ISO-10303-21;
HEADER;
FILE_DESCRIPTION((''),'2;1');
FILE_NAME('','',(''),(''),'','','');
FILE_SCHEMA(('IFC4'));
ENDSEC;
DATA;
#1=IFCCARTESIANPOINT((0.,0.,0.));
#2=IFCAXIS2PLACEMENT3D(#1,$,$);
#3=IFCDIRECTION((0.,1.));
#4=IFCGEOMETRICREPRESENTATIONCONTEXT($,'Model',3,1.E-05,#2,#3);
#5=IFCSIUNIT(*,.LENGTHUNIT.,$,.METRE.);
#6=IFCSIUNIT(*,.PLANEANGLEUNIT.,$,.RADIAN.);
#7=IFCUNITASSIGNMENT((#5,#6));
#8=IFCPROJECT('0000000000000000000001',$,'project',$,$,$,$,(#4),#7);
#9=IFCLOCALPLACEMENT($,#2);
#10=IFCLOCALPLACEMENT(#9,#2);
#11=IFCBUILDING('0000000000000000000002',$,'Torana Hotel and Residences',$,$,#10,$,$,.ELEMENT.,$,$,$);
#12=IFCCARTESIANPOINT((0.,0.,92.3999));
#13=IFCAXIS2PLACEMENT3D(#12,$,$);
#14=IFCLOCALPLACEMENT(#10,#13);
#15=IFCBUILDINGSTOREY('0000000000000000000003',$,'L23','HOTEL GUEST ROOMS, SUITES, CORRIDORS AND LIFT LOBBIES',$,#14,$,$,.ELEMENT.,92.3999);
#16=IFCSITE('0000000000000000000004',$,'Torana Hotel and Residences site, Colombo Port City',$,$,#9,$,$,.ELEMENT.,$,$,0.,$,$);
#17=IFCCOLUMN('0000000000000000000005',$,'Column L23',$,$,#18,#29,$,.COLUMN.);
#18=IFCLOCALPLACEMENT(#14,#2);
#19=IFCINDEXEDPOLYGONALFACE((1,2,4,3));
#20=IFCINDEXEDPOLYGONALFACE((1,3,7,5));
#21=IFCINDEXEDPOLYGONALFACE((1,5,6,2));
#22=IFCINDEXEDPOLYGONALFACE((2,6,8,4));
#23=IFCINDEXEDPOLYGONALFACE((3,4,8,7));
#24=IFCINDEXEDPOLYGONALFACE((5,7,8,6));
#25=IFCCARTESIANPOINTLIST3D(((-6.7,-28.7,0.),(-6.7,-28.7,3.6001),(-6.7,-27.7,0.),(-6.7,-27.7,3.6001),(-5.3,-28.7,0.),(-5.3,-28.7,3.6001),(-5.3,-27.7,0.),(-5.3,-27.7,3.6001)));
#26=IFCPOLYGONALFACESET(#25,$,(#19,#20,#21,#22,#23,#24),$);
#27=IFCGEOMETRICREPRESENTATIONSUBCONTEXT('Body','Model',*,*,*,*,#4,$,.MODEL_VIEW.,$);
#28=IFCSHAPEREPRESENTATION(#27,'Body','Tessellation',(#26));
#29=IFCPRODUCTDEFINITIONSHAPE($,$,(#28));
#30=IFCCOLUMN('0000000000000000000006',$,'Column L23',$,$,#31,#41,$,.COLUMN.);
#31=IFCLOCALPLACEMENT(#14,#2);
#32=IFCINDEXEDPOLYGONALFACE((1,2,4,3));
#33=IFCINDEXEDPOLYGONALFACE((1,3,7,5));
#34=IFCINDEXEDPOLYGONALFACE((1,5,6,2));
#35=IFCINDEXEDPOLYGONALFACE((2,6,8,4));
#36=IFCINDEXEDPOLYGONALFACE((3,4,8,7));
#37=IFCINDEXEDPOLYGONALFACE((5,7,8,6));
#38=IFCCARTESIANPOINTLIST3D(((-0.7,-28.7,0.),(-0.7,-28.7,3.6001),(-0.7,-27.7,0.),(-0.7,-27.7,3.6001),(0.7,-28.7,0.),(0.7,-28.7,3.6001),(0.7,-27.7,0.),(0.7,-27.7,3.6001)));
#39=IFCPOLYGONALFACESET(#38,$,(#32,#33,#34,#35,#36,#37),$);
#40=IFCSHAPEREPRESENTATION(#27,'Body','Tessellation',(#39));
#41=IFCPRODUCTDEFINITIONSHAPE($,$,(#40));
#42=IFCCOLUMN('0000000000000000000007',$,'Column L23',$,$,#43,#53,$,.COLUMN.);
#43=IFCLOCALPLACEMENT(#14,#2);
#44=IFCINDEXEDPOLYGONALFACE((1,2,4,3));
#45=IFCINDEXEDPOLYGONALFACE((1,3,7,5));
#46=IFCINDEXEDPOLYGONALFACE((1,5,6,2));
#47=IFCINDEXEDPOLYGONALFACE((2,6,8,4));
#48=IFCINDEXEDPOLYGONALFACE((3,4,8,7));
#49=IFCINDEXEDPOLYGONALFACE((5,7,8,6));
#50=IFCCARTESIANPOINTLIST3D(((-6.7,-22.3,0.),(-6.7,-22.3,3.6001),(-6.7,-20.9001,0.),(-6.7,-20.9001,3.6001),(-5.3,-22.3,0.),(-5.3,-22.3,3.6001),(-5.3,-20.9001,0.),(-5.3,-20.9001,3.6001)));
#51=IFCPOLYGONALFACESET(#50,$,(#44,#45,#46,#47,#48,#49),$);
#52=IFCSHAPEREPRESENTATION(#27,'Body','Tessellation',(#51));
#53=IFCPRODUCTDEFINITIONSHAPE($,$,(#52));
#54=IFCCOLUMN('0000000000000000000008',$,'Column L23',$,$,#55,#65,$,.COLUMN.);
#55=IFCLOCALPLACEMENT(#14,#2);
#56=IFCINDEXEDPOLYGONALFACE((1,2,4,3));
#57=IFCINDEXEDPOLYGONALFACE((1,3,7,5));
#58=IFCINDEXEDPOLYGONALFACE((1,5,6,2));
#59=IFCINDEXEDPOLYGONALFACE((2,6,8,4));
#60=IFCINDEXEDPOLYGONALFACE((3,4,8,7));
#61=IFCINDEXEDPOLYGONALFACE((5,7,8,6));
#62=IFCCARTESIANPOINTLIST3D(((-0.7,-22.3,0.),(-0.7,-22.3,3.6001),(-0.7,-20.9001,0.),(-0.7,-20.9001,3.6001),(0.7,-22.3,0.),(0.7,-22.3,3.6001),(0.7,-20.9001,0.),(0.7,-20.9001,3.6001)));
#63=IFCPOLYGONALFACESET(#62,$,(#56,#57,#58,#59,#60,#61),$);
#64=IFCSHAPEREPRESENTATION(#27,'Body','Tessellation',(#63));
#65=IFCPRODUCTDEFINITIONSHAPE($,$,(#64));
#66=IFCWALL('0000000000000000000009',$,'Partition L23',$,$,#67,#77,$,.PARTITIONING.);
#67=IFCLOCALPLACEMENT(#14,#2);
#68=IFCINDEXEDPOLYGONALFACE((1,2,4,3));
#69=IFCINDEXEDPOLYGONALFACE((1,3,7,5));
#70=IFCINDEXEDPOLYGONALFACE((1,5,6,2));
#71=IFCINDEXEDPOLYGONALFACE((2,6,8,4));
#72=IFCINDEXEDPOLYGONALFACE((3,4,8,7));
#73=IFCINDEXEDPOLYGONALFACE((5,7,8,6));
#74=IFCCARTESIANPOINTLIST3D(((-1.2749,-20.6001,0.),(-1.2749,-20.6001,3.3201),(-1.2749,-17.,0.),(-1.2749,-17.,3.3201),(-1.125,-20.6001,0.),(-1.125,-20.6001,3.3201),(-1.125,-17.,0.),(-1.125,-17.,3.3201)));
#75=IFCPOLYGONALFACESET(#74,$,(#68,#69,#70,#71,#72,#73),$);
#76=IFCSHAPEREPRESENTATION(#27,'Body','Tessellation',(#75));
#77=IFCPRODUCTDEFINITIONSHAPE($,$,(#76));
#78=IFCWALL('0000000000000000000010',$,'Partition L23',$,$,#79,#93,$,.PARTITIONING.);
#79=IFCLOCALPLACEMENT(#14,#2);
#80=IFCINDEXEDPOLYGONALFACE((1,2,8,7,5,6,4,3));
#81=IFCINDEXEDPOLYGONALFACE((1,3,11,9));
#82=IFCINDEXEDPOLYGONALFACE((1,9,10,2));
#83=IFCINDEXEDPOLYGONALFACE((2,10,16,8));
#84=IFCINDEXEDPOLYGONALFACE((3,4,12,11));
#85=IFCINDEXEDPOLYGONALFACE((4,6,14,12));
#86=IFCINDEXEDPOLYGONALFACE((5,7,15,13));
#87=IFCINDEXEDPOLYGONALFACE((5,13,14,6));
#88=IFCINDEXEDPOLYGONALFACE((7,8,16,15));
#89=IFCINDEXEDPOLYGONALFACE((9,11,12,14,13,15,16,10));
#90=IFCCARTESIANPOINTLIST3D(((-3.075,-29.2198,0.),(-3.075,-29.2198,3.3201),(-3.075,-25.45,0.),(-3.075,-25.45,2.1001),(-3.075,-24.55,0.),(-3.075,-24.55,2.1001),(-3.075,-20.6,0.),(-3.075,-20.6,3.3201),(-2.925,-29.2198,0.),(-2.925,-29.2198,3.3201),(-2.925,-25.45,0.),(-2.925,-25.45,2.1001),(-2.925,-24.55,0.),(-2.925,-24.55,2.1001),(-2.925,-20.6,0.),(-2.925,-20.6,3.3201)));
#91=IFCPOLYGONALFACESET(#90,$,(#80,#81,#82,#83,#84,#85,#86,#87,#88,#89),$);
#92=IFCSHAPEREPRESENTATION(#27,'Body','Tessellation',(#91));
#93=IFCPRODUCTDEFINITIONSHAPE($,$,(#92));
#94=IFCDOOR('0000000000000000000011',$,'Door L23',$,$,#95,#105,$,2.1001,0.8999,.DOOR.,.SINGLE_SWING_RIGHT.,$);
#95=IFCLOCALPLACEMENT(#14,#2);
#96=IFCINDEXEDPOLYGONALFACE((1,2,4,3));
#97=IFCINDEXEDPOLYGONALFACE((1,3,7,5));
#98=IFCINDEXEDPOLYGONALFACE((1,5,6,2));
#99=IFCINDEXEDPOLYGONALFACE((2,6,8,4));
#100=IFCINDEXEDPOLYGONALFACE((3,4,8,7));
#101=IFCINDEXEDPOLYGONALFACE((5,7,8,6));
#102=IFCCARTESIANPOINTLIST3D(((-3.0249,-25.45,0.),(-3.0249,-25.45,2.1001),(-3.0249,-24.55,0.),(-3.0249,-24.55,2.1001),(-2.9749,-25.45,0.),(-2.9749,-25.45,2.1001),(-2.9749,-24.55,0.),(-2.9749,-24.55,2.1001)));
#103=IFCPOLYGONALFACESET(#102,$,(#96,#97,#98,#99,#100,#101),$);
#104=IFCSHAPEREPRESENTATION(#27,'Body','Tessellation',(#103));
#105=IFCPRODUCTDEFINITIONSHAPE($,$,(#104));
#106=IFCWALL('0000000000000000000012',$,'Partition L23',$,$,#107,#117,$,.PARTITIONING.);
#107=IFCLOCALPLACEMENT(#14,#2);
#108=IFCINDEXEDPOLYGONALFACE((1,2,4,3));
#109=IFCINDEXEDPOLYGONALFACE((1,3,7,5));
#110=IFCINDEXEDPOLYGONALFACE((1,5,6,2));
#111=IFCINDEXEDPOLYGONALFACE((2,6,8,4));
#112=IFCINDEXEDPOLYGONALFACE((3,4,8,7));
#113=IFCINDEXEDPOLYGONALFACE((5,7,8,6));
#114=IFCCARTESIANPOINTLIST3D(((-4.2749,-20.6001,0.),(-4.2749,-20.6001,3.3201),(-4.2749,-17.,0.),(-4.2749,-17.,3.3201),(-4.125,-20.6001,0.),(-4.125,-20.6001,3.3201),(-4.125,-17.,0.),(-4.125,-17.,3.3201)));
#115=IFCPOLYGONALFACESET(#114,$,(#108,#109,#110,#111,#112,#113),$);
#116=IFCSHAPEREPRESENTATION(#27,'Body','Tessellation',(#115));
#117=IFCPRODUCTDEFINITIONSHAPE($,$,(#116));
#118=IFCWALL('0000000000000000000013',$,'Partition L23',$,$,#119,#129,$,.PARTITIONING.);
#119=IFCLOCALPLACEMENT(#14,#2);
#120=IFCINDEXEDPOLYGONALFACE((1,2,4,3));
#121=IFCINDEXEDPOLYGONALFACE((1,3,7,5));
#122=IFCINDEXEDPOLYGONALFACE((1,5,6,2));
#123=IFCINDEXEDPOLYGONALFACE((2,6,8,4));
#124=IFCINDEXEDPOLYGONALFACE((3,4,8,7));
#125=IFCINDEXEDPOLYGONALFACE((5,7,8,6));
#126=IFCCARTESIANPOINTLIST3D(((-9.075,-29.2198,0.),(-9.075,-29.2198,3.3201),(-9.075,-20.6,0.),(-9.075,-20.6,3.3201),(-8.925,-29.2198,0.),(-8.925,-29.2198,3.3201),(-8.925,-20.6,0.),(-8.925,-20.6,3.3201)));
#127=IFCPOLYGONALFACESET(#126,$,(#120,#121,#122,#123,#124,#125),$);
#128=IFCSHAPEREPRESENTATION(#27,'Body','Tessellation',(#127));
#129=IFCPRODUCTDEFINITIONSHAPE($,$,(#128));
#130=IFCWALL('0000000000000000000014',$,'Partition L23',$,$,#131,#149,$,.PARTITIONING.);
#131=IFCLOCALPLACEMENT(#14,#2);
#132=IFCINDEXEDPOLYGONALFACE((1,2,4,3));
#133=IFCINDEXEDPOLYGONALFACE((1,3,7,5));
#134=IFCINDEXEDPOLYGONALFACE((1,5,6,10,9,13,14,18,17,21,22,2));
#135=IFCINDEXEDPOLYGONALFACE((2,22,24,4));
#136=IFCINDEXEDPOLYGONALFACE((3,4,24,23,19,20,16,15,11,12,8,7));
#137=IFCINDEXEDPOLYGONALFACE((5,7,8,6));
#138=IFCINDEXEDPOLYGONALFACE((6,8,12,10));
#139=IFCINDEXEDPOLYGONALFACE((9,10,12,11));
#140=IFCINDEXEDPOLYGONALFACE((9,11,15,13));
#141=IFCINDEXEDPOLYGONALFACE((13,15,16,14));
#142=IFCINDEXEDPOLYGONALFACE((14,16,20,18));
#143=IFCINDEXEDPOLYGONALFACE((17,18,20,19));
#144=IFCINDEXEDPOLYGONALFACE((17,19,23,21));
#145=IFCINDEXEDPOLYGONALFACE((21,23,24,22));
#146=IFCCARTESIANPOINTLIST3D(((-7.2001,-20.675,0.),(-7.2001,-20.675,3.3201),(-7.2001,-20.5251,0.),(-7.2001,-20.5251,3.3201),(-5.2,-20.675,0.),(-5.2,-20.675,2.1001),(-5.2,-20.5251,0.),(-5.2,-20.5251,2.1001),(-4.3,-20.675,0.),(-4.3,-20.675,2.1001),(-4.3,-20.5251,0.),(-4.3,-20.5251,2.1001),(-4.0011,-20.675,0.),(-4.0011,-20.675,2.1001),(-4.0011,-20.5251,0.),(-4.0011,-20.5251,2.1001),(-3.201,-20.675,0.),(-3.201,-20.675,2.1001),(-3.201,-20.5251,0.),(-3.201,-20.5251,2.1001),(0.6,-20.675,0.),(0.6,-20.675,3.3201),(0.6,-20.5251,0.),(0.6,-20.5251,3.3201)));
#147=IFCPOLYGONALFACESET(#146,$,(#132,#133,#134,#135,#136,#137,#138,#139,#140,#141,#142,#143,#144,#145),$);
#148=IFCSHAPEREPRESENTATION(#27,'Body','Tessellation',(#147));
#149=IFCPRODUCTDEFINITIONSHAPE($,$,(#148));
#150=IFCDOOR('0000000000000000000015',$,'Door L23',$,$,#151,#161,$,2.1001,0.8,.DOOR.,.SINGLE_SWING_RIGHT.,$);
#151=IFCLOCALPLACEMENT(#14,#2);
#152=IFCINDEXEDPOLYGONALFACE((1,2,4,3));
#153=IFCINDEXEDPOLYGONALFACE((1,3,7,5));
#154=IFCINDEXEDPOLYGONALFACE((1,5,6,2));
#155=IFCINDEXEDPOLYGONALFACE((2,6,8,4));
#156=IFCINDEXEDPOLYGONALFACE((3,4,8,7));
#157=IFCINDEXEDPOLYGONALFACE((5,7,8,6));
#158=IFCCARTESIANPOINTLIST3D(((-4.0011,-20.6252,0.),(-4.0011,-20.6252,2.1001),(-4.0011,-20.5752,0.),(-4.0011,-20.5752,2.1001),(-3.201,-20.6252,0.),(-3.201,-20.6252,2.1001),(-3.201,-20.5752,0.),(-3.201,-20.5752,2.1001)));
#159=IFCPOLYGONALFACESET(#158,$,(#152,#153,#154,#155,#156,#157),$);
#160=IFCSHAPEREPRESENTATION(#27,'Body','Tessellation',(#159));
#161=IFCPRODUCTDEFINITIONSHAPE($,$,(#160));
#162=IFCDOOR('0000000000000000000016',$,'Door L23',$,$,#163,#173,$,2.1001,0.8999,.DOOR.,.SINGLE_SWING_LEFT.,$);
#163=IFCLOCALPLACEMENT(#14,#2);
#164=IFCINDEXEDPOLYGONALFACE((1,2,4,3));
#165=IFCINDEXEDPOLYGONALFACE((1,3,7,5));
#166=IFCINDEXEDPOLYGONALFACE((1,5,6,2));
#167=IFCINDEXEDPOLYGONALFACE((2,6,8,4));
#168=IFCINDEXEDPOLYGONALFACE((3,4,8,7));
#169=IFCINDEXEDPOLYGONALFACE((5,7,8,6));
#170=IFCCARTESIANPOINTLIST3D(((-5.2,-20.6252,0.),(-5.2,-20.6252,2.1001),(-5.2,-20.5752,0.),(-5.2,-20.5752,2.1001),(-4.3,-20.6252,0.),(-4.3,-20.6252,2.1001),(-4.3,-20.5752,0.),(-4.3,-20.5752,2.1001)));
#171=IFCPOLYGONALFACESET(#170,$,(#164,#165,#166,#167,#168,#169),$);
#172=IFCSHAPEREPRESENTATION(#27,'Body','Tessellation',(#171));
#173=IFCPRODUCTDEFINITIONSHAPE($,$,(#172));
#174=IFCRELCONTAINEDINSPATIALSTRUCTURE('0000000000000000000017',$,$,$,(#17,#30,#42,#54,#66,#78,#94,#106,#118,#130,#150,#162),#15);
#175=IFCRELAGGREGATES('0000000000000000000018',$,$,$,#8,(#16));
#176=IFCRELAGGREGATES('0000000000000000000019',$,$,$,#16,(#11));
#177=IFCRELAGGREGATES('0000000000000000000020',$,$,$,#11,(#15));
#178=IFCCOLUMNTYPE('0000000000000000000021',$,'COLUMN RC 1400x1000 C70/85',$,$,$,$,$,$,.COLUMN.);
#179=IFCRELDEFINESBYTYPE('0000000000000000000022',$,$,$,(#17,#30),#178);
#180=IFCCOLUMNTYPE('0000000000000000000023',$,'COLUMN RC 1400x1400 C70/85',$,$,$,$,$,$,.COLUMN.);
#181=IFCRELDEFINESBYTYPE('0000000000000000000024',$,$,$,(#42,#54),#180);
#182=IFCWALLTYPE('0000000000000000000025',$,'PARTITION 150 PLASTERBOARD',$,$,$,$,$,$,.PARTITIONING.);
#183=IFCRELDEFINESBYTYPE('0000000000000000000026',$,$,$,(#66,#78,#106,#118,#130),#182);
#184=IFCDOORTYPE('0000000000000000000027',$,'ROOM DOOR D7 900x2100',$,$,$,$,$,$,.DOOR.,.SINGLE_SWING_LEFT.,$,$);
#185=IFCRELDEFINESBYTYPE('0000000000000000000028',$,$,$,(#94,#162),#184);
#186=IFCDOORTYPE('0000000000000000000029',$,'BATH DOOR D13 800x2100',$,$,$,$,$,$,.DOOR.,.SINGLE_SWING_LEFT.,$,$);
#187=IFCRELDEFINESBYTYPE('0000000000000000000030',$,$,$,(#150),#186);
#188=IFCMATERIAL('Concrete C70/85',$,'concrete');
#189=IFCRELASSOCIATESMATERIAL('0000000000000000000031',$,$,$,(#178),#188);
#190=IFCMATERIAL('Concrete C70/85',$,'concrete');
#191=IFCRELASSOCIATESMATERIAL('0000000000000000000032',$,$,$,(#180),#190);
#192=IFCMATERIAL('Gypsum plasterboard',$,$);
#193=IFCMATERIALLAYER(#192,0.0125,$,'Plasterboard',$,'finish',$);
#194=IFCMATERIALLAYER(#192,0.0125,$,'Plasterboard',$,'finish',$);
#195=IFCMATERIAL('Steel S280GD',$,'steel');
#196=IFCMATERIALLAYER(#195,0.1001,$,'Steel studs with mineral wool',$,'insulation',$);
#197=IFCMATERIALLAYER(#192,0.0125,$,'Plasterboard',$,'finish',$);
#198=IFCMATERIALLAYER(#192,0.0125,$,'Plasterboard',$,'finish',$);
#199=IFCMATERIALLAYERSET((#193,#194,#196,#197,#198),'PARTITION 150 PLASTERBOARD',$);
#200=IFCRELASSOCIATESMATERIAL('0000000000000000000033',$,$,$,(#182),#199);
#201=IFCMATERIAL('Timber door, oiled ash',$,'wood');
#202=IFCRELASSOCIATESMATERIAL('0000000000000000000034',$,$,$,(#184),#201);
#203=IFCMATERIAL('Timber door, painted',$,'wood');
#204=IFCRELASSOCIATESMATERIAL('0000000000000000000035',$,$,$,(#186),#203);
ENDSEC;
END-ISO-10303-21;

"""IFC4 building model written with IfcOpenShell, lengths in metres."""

from ifc_helpers import new_model, si_unit, direction, frame, frame_2d, origin, origin_2d, place, context, subcontext, project, spatial, rectangle, extrude, material, layer, layer_set, material_profile, profile_set, type_object, element, fill, save


model = new_model("IFC4")

# Units and contexts
model_context = context("Model", 3, precision=1e-05, world=origin(), true_north=direction((0.0, 1.0)))
body_context = subcontext(model_context, "Body", "Model", "MODEL_VIEW")
ifc_project = project(units=[si_unit("LENGTHUNIT", "METRE"), si_unit("PLANEANGLEUNIT", "RADIAN")], contexts=[model_context])

# Site, building, storey
site_placement = place(None, origin())
site = spatial("IfcSite", under=ifc_project, at=site_placement, Name="Torana Hotel and Residences site, Colombo Port City", CompositionType="ELEMENT", RefElevation=0.0)
building_placement = place(site_placement, origin())
building = spatial("IfcBuilding", under=site, at=building_placement, Name="Torana Hotel and Residences", CompositionType="ELEMENT")
storey_placement = place(building_placement, frame((0.0, 0.0, 92.3999)))
storey = spatial("IfcBuildingStorey", under=building, at=storey_placement, Name="L23", Description="HOTEL GUEST ROOMS, SUITES, CORRIDORS AND LIFT LOBBIES", CompositionType="ELEMENT", Elevation=92.3999)

# Columns
ifc_material_1 = material(Name="Concrete C70/85", Category="concrete")
ifc_material_profile_1 = material_profile(ifc_material_1, rectangle(XDim=1.3999, YDim=1.0, at=origin_2d()), Name="RC 1400x1000")
ifc_profile_set_1 = profile_set([ifc_material_profile_1], Name="Concrete C70/85")
column_type_1 = type_object("IfcColumnType", Name="COLUMN RC 1400x1000 C70/85", PredefinedType="COLUMN", material=ifc_profile_set_1)
for number, where, z_axis, x_axis, name in (
    (1, (-6.0, -28.2, 0.0), (0.0, 0.0, 1.0), (1.0, 0.0, 0.0), "Column L23"),
    (2, (0.0, -28.2, 0.0), (0.0, 0.0, 1.0), (1.0, 0.0, 0.0), "Column L23"),
):
    element("IfcColumn", number, at=place(storey_placement, frame(where, z_axis=z_axis, x_axis=x_axis)), inside=storey, type_object=column_type_1, Name=name, PredefinedType="COLUMN", context=body_context, shape_type="SweptSolid", body=[
        extrude(rectangle(XDim=1.3999, YDim=1.0, at=origin_2d()), origin(), (0.0, 0.0, 1.0), 3.6001),
    ])
ifc_material_2 = material(Name="Concrete C70/85", Category="concrete")
ifc_material_profile_2 = material_profile(ifc_material_2, rectangle(XDim=1.3999, YDim=1.3999, at=origin_2d()), Name="RC 1400x1400")
ifc_profile_set_2 = profile_set([ifc_material_profile_2], Name="Concrete C70/85")
column_type_2 = type_object("IfcColumnType", Name="COLUMN RC 1400x1400 C70/85", PredefinedType="COLUMN", material=ifc_profile_set_2)
for number, where, z_axis, x_axis, name in (
    (3, (-6.0, -21.6001, 0.0), (0.0, 0.0, 1.0), (1.0, 0.0, 0.0), "Column L23"),
    (4, (0.0, -21.6001, 0.0), (0.0, 0.0, 1.0), (1.0, 0.0, 0.0), "Column L23"),
):
    element("IfcColumn", number, at=place(storey_placement, frame(where, z_axis=z_axis, x_axis=x_axis)), inside=storey, type_object=column_type_2, Name=name, PredefinedType="COLUMN", context=body_context, shape_type="SweptSolid", body=[
        extrude(rectangle(XDim=1.3999, YDim=1.3999, at=origin_2d()), origin(), (0.0, 0.0, 1.0), 3.6001),
    ])

# Wall
ifc_material_3 = material(Name="Gypsum plasterboard")
ifc_layer_1 = layer(ifc_material_3, 0.0125, Name="Plasterboard", Category="finish")
ifc_layer_2 = layer(ifc_material_3, 0.0125, Name="Plasterboard", Category="finish")
ifc_material_4 = material(Name="Steel S280GD", Category="steel")
ifc_layer_3 = layer(ifc_material_4, 0.1001, Name="Steel studs with mineral wool", Category="insulation")
ifc_layer_4 = layer(ifc_material_3, 0.0125, Name="Plasterboard", Category="finish")
ifc_layer_5 = layer(ifc_material_3, 0.0125, Name="Plasterboard", Category="finish")
ifc_layer_set_1 = layer_set([ifc_layer_1, ifc_layer_2, ifc_layer_3, ifc_layer_4, ifc_layer_5], Name="PARTITION 150 PLASTERBOARD")
wall_type_1 = type_object("IfcWallType", Name="PARTITION 150 PLASTERBOARD", PredefinedType="PARTITIONING", material=ifc_layer_set_1)
wall_1_placement = place(storey_placement, frame((-1.2, -20.6001, 0.0), z_axis=(0.0, 0.0, 1.0), x_axis=(0.0, 1.0, 0.0)))
element("IfcWall", 5, at=wall_1_placement, inside=storey, type_object=wall_type_1, Name="Partition L23", PredefinedType="PARTITIONING", context=body_context, shape_type="SweptSolid", body=[
    extrude(rectangle(XDim=3.6001, YDim=0.1499, at=frame_2d((1.8, 0.0))), origin(), (0.0, 0.0, 1.0), 3.3201),
])

# Wall, opening, door
wall_2_placement = place(storey_placement, frame((-3.0, -29.22, 0.0), z_axis=(0.0, 0.0, 1.0), x_axis=(0.0, 1.0, 0.0)))
wall_2 = element("IfcWall", 6, at=wall_2_placement, inside=storey, type_object=wall_type_1, Name="Partition L23", PredefinedType="PARTITIONING", context=body_context, shape_type="SweptSolid", body=[
    extrude(rectangle(XDim=8.6199, YDim=0.1499, at=frame_2d((4.3101, 0.0))), origin(), (0.0, 0.0, 1.0), 3.3201),
])
opening_1_placement = place(wall_2_placement, frame((3.77, 0.0, 0.0)))
opening_1 = element("IfcOpeningElement", 7, at=opening_1_placement, cuts=wall_2, PredefinedType="OPENING", context=body_context, shape_type="SweptSolid", body=[
    extrude(rectangle(XDim=0.8999, YDim=2.1001, at=frame_2d((0.45, 1.05))), frame((0.0, 0.085, 0.0), z_axis=(0.0, -1.0, 0.0), x_axis=(1.0, 0.0, 0.0)), (0.0, 0.0, 1.0), 0.1699),
])
ifc_material_5 = material(Name="Timber door, oiled ash", Category="wood")
door_type_1 = type_object("IfcDoorType", Name="ROOM DOOR D7 900x2100", OperationType="SINGLE_SWING_LEFT", PredefinedType="DOOR", material=ifc_material_5)
door_1_placement = place(opening_1_placement, origin())
door_1 = element("IfcDoor", 8, at=door_1_placement, inside=storey, type_object=door_type_1, Name="Door L23", OperationType="SINGLE_SWING_RIGHT", OverallHeight=2.1001, OverallWidth=0.8999, PredefinedType="DOOR", context=body_context, shape_type="SweptSolid", body=[
    extrude(rectangle(XDim=0.8999, YDim=2.1001, at=frame_2d((0.45, 1.05))), frame((0.0, 0.0249, 0.0), z_axis=(0.0, -1.0, 0.0), x_axis=(1.0, 0.0, 0.0)), (0.0, 0.0, 1.0), 0.05),
])
fill(opening_1, door_1)

# Walls
wall_3_placement = place(storey_placement, frame((-4.2, -20.6001, 0.0), z_axis=(0.0, 0.0, 1.0), x_axis=(0.0, 1.0, 0.0)))
element("IfcWall", 9, at=wall_3_placement, inside=storey, type_object=wall_type_1, Name="Partition L23", PredefinedType="PARTITIONING", context=body_context, shape_type="SweptSolid", body=[
    extrude(rectangle(XDim=3.6001, YDim=0.1499, at=frame_2d((1.8, 0.0))), origin(), (0.0, 0.0, 1.0), 3.3201),
])
wall_4_placement = place(storey_placement, frame((-9.0, -29.22, 0.0), z_axis=(0.0, 0.0, 1.0), x_axis=(0.0, 1.0, 0.0)))
element("IfcWall", 10, at=wall_4_placement, inside=storey, type_object=wall_type_1, Name="Partition L23", PredefinedType="PARTITIONING", context=body_context, shape_type="SweptSolid", body=[
    extrude(rectangle(XDim=8.6199, YDim=0.1499, at=frame_2d((4.3101, 0.0))), origin(), (0.0, 0.0, 1.0), 3.3201),
])

# Wall, openings, doors
wall_5_placement = place(storey_placement, frame((-7.2, -20.6001, 0.0), z_axis=(0.0, 0.0, 1.0), x_axis=(1.0, 0.0, 0.0)))
wall_5 = element("IfcWall", 11, at=wall_5_placement, inside=storey, type_object=wall_type_1, Name="Partition L23", PredefinedType="PARTITIONING", context=body_context, shape_type="SweptSolid", body=[
    extrude(rectangle(XDim=7.8, YDim=0.1499, at=frame_2d((3.8999, 0.0))), origin(), (0.0, 0.0, 1.0), 3.3201),
])
opening_2_placement = place(wall_5_placement, frame((2.0, 0.0, 0.0)))
opening_2 = element("IfcOpeningElement", 12, at=opening_2_placement, cuts=wall_5, PredefinedType="OPENING", context=body_context, shape_type="SweptSolid", body=[
    extrude(rectangle(XDim=0.8999, YDim=2.1001, at=frame_2d((0.45, 1.05))), frame((0.0, 0.085, 0.0), z_axis=(0.0, -1.0, 0.0), x_axis=(1.0, 0.0, 0.0)), (0.0, 0.0, 1.0), 0.1699),
])
opening_3_placement = place(wall_5_placement, frame((3.199, 0.0, 0.0)))
opening_3 = element("IfcOpeningElement", 13, at=opening_3_placement, cuts=wall_5, PredefinedType="OPENING", context=body_context, shape_type="SweptSolid", body=[
    extrude(rectangle(XDim=0.8, YDim=2.1001, at=frame_2d((0.3999, 1.05))), frame((0.0, 0.085, 0.0), z_axis=(0.0, -1.0, 0.0), x_axis=(1.0, 0.0, 0.0)), (0.0, 0.0, 1.0), 0.1699),
])
ifc_material_6 = material(Name="Timber door, painted", Category="wood")
door_type_2 = type_object("IfcDoorType", Name="BATH DOOR D13 800x2100", OperationType="SINGLE_SWING_LEFT", PredefinedType="DOOR", material=ifc_material_6)
door_2_placement = place(opening_3_placement, origin())
door_2 = element("IfcDoor", 14, at=door_2_placement, inside=storey, type_object=door_type_2, Name="Door L23", OperationType="SINGLE_SWING_RIGHT", OverallHeight=2.1001, OverallWidth=0.8, PredefinedType="DOOR", context=body_context, shape_type="SweptSolid", body=[
    extrude(rectangle(XDim=0.8, YDim=2.1001, at=frame_2d((0.3999, 1.05))), frame((0.0, 0.0249, 0.0), z_axis=(0.0, -1.0, 0.0), x_axis=(1.0, 0.0, 0.0)), (0.0, 0.0, 1.0), 0.05),
])
fill(opening_3, door_2)
door_3_placement = place(opening_2_placement, frame((0.45, 0.0, 0.0), z_axis=(0.0, 0.0, 1.0), x_axis=(-1.0, 0.0, 0.0)))
door_3 = element("IfcDoor", 15, at=door_3_placement, inside=storey, type_object=door_type_1, Name="Door L23", OperationType="SINGLE_SWING_LEFT", OverallHeight=2.1001, OverallWidth=0.8999, PredefinedType="DOOR", context=body_context, shape_type="SweptSolid", body=[
    extrude(rectangle(XDim=0.8999, YDim=2.1001, at=frame_2d((0.0, 1.05))), frame((0.0, -0.0249, 0.0), z_axis=(0.0, 1.0, 0.0), x_axis=(-1.0, 0.0, 0.0)), (0.0, 0.0, 1.0), 0.05),
])
fill(opening_2, door_3)

save(model, "model.ifc")
